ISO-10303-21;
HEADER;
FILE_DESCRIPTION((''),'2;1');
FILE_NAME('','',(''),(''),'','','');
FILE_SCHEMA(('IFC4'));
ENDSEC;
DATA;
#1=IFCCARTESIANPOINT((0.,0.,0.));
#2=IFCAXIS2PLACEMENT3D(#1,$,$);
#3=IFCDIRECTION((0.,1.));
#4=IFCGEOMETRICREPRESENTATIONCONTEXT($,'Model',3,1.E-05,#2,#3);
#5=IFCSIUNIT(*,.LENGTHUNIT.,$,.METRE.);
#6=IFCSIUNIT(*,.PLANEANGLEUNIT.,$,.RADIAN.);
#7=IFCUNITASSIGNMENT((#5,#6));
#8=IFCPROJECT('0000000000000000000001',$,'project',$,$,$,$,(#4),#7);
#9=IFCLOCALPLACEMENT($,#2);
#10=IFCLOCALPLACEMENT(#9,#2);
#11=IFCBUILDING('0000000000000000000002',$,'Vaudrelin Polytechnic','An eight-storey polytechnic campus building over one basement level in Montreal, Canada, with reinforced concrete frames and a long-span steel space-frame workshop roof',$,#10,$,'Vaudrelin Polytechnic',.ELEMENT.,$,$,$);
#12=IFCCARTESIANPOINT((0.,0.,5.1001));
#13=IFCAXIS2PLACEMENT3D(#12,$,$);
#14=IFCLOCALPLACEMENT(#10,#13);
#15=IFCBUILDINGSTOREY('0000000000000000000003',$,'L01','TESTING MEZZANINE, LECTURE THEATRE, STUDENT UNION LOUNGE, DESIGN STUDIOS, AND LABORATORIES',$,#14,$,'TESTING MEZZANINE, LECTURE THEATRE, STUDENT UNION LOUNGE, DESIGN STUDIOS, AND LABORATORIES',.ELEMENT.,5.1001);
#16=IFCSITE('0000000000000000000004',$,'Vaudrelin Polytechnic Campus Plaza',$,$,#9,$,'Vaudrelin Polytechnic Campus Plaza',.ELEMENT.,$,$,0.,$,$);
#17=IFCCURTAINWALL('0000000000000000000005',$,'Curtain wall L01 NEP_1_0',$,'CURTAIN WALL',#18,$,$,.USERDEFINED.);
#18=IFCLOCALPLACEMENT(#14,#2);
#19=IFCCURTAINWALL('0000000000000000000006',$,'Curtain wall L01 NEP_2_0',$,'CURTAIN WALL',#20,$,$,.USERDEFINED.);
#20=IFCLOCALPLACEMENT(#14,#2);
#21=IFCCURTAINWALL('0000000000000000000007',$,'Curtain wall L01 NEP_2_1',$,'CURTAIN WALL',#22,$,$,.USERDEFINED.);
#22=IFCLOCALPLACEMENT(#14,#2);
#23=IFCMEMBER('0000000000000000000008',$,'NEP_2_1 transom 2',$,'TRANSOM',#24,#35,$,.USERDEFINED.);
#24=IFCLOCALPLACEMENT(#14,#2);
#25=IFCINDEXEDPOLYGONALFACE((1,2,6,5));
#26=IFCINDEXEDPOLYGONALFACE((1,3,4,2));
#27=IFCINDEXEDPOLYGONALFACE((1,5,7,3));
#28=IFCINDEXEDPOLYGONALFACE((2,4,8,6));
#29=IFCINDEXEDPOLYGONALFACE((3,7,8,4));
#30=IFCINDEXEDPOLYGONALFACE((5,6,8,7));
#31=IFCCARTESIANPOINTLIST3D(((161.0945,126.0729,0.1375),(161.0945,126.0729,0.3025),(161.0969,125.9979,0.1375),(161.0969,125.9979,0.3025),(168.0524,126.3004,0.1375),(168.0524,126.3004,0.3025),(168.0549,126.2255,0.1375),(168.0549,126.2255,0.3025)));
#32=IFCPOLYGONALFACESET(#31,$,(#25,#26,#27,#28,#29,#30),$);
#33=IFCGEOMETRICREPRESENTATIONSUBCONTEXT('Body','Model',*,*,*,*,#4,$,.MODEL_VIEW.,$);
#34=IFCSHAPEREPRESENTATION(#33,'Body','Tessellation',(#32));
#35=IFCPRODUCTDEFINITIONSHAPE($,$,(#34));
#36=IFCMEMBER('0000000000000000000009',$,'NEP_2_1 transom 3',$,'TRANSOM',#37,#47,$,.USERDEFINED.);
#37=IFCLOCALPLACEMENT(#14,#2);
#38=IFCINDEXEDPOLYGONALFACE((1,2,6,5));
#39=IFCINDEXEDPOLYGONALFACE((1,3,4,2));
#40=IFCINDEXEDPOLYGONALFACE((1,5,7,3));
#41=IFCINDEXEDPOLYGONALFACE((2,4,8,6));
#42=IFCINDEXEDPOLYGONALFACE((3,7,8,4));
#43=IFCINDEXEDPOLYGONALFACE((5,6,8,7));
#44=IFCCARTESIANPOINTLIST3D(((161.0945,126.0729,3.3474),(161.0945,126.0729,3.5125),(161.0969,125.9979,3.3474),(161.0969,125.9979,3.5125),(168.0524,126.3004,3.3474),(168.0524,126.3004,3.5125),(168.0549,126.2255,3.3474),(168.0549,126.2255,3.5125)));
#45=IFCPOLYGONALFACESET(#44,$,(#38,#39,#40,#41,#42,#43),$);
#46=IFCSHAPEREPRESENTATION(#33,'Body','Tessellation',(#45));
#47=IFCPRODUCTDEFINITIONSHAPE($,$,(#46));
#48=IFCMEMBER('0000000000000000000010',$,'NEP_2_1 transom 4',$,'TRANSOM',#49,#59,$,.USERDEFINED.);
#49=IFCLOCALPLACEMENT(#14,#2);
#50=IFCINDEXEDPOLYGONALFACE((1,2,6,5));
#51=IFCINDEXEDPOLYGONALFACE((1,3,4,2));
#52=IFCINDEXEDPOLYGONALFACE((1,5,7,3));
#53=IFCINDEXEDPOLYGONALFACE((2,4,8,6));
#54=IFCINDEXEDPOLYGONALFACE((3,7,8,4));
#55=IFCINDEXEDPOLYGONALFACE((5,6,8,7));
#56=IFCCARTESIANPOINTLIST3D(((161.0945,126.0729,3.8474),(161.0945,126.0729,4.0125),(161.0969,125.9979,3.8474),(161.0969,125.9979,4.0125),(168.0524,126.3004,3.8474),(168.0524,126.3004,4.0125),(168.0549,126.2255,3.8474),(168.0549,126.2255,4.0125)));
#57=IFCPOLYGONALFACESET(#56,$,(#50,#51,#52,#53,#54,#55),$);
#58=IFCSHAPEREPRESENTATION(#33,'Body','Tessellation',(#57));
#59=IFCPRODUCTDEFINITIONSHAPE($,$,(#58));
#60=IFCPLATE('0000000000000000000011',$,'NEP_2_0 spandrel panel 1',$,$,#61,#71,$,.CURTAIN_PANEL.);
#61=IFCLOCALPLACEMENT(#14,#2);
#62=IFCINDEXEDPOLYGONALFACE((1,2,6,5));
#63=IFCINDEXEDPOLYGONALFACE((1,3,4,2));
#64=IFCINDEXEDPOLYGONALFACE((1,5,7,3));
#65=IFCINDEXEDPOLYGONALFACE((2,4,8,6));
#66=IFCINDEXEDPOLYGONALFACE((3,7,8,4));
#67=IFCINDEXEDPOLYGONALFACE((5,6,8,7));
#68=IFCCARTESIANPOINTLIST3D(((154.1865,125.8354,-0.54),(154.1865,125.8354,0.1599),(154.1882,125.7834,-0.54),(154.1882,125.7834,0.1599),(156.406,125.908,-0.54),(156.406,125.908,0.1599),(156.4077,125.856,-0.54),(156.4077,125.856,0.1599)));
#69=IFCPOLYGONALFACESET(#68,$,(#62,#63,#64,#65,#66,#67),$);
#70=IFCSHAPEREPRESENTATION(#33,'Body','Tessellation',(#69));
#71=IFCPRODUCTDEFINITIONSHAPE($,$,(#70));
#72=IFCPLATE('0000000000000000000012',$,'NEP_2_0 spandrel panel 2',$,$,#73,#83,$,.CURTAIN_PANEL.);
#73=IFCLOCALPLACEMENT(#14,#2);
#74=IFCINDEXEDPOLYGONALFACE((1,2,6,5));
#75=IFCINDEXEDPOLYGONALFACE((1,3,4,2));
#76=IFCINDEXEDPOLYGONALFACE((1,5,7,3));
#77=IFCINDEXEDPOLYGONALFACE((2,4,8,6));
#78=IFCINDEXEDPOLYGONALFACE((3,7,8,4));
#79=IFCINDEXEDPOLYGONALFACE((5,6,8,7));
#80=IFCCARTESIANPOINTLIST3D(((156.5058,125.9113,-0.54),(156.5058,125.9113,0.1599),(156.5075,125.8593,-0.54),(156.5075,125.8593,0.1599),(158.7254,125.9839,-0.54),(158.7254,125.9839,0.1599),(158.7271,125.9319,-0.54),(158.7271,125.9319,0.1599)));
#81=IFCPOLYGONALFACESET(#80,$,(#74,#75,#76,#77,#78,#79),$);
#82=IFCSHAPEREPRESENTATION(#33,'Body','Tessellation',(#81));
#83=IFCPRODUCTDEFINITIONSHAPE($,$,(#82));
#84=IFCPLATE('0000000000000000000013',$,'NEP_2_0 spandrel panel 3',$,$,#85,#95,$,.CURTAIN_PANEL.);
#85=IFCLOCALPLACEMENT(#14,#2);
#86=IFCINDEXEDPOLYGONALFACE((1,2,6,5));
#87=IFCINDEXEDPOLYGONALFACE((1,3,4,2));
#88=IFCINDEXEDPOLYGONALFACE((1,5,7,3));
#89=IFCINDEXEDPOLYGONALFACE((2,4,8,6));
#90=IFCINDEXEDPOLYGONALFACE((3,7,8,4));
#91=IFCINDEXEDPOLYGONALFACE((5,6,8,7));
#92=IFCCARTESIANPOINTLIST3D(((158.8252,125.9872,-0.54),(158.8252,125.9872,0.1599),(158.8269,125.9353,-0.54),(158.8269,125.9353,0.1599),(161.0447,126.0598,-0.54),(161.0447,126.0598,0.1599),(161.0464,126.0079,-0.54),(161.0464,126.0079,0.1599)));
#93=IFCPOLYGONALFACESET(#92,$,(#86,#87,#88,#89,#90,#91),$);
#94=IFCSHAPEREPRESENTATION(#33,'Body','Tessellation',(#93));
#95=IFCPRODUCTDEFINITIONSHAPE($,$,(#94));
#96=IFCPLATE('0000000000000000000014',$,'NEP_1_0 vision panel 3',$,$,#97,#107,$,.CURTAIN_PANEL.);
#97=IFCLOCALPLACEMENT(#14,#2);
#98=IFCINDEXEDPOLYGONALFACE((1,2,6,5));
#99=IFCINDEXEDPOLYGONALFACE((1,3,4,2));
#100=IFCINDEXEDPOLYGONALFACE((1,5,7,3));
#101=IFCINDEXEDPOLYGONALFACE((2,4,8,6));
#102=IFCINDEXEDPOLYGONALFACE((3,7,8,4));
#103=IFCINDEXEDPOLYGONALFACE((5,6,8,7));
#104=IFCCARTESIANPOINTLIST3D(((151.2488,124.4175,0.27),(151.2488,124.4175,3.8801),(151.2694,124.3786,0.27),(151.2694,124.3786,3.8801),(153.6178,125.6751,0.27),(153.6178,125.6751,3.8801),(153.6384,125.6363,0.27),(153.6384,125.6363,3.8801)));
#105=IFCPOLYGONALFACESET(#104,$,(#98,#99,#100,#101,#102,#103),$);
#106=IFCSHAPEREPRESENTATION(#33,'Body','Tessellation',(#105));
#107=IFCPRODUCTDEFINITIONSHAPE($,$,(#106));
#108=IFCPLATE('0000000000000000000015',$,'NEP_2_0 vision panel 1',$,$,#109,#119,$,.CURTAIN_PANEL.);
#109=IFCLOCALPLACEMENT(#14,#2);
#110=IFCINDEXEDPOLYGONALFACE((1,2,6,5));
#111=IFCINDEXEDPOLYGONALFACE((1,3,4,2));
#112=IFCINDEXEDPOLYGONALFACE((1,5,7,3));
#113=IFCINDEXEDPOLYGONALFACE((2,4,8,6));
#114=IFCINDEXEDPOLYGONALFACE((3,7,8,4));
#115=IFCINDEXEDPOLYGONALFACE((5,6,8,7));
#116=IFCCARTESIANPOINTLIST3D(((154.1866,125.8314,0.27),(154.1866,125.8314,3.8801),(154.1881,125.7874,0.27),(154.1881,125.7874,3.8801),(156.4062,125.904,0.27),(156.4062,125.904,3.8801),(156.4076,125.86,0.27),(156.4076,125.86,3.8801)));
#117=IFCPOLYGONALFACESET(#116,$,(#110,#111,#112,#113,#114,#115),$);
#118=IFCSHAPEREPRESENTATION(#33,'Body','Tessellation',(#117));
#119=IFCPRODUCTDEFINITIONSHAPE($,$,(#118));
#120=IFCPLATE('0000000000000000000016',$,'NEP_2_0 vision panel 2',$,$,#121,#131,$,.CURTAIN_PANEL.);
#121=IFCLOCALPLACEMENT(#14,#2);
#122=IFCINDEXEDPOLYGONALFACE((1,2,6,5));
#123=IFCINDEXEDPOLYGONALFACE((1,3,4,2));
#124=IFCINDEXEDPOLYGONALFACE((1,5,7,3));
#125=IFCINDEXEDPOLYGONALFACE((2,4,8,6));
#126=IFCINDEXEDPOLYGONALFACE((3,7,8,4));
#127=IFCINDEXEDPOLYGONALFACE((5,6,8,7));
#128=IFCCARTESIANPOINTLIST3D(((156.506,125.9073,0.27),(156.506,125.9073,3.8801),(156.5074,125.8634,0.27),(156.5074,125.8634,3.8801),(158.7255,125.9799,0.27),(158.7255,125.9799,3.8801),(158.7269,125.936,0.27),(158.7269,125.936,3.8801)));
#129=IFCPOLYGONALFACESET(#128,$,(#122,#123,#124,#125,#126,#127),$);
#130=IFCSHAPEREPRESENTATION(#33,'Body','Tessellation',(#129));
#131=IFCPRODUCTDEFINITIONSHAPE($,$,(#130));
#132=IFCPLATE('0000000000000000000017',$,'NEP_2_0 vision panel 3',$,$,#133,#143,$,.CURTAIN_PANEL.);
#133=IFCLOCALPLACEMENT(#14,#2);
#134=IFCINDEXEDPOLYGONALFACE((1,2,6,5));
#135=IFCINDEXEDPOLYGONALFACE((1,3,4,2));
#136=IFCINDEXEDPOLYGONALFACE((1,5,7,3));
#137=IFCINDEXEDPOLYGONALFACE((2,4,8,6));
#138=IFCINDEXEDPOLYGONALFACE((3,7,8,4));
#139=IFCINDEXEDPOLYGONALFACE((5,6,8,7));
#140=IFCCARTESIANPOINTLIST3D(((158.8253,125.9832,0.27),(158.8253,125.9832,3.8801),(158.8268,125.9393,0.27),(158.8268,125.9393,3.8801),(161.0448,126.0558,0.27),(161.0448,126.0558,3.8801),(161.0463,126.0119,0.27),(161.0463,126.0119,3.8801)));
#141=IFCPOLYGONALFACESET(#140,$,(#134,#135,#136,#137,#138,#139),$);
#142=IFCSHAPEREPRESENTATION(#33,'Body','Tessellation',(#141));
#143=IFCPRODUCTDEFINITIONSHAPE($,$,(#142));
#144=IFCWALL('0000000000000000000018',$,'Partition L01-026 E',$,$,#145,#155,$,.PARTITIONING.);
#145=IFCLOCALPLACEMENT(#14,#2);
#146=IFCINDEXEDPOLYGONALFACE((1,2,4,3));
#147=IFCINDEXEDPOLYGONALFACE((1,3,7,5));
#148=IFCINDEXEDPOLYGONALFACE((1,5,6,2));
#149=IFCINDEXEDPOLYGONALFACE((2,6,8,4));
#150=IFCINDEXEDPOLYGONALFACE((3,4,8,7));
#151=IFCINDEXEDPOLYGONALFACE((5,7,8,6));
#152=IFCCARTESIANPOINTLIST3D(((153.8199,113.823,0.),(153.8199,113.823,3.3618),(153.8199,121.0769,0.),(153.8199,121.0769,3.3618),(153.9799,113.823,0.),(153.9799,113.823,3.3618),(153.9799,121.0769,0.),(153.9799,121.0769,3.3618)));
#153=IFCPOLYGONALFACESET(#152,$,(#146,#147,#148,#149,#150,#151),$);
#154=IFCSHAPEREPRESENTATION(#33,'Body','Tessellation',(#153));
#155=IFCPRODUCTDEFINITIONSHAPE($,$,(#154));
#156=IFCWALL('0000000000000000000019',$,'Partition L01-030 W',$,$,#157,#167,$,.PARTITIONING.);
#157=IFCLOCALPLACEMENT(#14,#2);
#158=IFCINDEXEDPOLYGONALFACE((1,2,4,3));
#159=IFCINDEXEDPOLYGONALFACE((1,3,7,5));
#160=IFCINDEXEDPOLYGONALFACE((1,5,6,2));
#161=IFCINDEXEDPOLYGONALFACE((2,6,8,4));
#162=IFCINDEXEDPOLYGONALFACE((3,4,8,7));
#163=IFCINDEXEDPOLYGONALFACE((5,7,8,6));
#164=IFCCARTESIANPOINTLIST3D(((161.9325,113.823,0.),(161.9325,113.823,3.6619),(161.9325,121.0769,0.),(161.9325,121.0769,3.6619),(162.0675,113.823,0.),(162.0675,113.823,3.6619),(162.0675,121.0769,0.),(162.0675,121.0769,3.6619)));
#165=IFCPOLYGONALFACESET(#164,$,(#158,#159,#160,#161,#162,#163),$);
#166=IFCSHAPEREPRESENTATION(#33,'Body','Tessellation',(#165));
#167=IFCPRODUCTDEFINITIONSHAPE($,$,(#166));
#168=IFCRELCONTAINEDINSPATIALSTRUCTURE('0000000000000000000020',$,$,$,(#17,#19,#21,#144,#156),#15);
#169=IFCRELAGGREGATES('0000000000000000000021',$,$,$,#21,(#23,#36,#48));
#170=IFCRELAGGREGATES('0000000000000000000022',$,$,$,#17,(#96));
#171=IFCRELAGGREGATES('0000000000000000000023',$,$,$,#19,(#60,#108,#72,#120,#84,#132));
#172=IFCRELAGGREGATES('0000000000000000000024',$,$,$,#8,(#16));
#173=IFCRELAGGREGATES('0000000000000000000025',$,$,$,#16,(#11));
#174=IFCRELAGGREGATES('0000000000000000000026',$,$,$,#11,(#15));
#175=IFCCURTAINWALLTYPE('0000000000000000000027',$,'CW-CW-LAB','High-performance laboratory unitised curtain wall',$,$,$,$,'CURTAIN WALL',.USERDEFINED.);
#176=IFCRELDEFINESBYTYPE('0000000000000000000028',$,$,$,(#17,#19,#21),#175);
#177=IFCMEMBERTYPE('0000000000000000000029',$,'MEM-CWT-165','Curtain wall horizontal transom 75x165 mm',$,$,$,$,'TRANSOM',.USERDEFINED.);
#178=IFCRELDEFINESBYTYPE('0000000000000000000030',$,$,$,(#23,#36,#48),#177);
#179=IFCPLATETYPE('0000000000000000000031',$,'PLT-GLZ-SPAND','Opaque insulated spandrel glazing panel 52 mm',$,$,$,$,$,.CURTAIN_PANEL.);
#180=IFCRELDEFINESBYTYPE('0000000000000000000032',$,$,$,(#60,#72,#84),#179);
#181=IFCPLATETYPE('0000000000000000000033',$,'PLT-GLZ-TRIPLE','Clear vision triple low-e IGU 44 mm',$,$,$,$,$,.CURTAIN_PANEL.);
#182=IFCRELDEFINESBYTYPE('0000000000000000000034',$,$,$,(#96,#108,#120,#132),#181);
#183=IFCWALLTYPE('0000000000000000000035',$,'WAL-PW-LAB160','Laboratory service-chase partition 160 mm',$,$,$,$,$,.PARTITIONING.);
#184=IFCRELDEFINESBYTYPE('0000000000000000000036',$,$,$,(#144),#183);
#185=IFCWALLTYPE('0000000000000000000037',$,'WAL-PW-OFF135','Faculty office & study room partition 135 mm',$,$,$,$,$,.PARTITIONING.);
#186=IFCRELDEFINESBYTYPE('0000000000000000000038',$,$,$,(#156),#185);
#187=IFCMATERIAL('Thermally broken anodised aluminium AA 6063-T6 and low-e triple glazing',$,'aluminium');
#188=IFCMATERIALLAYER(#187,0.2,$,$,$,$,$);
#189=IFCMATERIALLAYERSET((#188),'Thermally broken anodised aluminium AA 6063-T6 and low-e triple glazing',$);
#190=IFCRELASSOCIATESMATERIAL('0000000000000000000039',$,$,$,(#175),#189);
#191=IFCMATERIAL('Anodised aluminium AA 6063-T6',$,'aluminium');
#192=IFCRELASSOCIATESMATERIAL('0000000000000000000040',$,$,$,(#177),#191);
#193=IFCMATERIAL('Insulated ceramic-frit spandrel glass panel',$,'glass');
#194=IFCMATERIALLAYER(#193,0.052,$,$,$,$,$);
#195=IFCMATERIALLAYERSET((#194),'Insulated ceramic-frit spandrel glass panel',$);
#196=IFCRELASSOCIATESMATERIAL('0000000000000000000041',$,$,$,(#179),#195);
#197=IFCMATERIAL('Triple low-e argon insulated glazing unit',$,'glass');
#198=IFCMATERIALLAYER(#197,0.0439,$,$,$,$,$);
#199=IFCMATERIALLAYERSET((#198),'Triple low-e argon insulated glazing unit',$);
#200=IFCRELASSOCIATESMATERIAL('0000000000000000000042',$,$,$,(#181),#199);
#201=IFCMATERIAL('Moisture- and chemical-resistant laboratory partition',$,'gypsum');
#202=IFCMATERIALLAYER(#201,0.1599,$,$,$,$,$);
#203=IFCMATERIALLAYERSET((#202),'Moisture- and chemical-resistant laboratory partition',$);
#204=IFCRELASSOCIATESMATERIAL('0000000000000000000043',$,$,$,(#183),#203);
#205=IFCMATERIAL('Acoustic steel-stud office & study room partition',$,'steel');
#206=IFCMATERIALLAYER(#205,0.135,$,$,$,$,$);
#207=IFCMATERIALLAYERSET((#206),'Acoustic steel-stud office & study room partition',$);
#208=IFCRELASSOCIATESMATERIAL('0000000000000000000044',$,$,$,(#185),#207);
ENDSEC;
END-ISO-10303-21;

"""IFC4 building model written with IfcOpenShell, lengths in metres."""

from ifc_helpers import new_model, si_unit, direction, frame, frame_2d, origin, origin_2d, place, context, subcontext, project, spatial, rectangle, extrude, material, layer, layer_set, material_profile, profile_set, type_object, element, aggregate, save


model = new_model("IFC4")

# Units and contexts
model_context = context("Model", 3, precision=1e-05, world=origin(), true_north=direction((0.0, 1.0)))
body_context = subcontext(model_context, "Body", "Model", "MODEL_VIEW")
ifc_project = project(units=[si_unit("LENGTHUNIT", "METRE"), si_unit("PLANEANGLEUNIT", "RADIAN")], contexts=[model_context])

# Site, building, storey
site_placement = place(None, origin())
site = spatial("IfcSite", under=ifc_project, at=site_placement, Name="Vaudrelin Polytechnic Campus Plaza", LongName="Vaudrelin Polytechnic Campus Plaza", CompositionType="ELEMENT", RefElevation=0.0)
building_placement = place(site_placement, origin())
building = spatial("IfcBuilding", under=site, at=building_placement, Name="Vaudrelin Polytechnic", Description="An eight-storey polytechnic campus building over one basement level in Montreal, Canada, with reinforced concrete frames and a long-span steel space-frame workshop roof", LongName="Vaudrelin Polytechnic", CompositionType="ELEMENT")
storey_placement = place(building_placement, frame((0.0, 0.0, 5.1001)))
storey = spatial("IfcBuildingStorey", under=building, at=storey_placement, Name="L01", Description="TESTING MEZZANINE, LECTURE THEATRE, STUDENT UNION LOUNGE, DESIGN STUDIOS, AND LABORATORIES", LongName="TESTING MEZZANINE, LECTURE THEATRE, STUDENT UNION LOUNGE, DESIGN STUDIOS, AND LABORATORIES", CompositionType="ELEMENT", Elevation=5.1001)

# Curtain wall
ifc_material_1 = material(Name="Thermally broken anodised aluminium AA 6063-T6 and low-e triple glazing", Category="aluminium")
ifc_layer_1 = layer(ifc_material_1, 0.2)
ifc_layer_set_1 = layer_set([ifc_layer_1], Name="Thermally broken anodised aluminium AA 6063-T6 and low-e triple glazing")
curtain_wall_type = type_object("IfcCurtainWallType", Name="CW-CW-LAB", Description="High-performance laboratory unitised curtain wall", ElementType="CURTAIN WALL", PredefinedType="USERDEFINED", material=ifc_layer_set_1)
curtain_wall_1_placement = place(storey_placement, origin())
curtain_wall_1 = element("IfcCurtainWall", 1, at=curtain_wall_1_placement, inside=storey, type_object=curtain_wall_type, Name="Curtain wall L01 NEP_1_0", ObjectType="CURTAIN WALL", PredefinedType="USERDEFINED")
ifc_material_2 = material(Name="Anodised aluminium AA 6063-T6", Category="aluminium")

# Curtain wall
curtain_wall_2_placement = place(storey_placement, origin())
curtain_wall_2 = element("IfcCurtainWall", 2, at=curtain_wall_2_placement, inside=storey, type_object=curtain_wall_type, Name="Curtain wall L01 NEP_2_0", ObjectType="CURTAIN WALL", PredefinedType="USERDEFINED")

# Curtain wall
curtain_wall_3_placement = place(storey_placement, origin())
curtain_wall_3 = element("IfcCurtainWall", 3, at=curtain_wall_3_placement, inside=storey, type_object=curtain_wall_type, Name="Curtain wall L01 NEP_2_1", ObjectType="CURTAIN WALL", PredefinedType="USERDEFINED")

# Members
ifc_material_profile_1 = material_profile(ifc_material_2, rectangle(XDim=0.075, YDim=0.165, at=origin_2d()), Name="CWT-75x165")
ifc_profile_set_1 = profile_set([ifc_material_profile_1], Name="Anodised aluminium AA 6063-T6")
member_type_1 = type_object("IfcMemberType", Name="MEM-CWT-165", Description="Curtain wall horizontal transom 75x165 mm", ElementType="TRANSOM", PredefinedType="USERDEFINED", material=ifc_profile_set_1)
member_1_placement = place(storey_placement, frame((161.0957, 126.0354, 0.22), z_axis=(0.999466, 0.032684, 0.0), x_axis=(-0.032684, 0.999466, 0.0)))
member_1 = element("IfcMember", 4, at=member_1_placement, type_object=member_type_1, Name="NEP_2_1 transom 2", ObjectType="TRANSOM", PredefinedType="USERDEFINED", context=body_context, shape_type="SweptSolid", body=[
    extrude(rectangle(XDim=0.075, YDim=0.165, at=origin_2d()), origin(), (0.0, 0.0, 1.0), 6.9617),
])
member_2_placement = place(storey_placement, frame((161.0957, 126.0354, 3.4299), z_axis=(0.999466, 0.032684, 0.0), x_axis=(-0.032684, 0.999466, 0.0)))
member_2 = element("IfcMember", 5, at=member_2_placement, type_object=member_type_1, Name="NEP_2_1 transom 3", ObjectType="TRANSOM", PredefinedType="USERDEFINED", context=body_context, shape_type="SweptSolid", body=[
    extrude(rectangle(XDim=0.075, YDim=0.165, at=origin_2d()), origin(), (0.0, 0.0, 1.0), 6.9617),
])
member_3_placement = place(storey_placement, frame((161.0957, 126.0354, 3.9299), z_axis=(0.999466, 0.032684, 0.0), x_axis=(-0.032684, 0.999466, 0.0)))
member_3 = element("IfcMember", 6, at=member_3_placement, type_object=member_type_1, Name="NEP_2_1 transom 4", ObjectType="TRANSOM", PredefinedType="USERDEFINED", context=body_context, shape_type="SweptSolid", body=[
    extrude(rectangle(XDim=0.075, YDim=0.165, at=origin_2d()), origin(), (0.0, 0.0, 1.0), 6.9617),
])
aggregate(curtain_wall_3, [member_1, member_2, member_3])

# Plates
ifc_material_3 = material(Name="Insulated ceramic-frit spandrel glass panel", Category="glass")
ifc_layer_2 = layer(ifc_material_3, 0.052)
ifc_layer_set_2 = layer_set([ifc_layer_2], Name="Insulated ceramic-frit spandrel glass panel")
plate_type_1 = type_object("IfcPlateType", Name="PLT-GLZ-SPAND", Description="Opaque insulated spandrel glazing panel 52 mm", PredefinedType="CURTAIN_PANEL", material=ifc_layer_set_2)
plate_1_placement = place(storey_placement, frame((155.2971, 125.8457, -0.54), z_axis=(0.0, 0.0, 1.0), x_axis=(0.999465, 0.032693, 0.0)))
plate_1 = element("IfcPlate", 7, at=plate_1_placement, type_object=plate_type_1, Name="NEP_2_0 spandrel panel 1", PredefinedType="CURTAIN_PANEL", context=body_context, shape_type="SweptSolid", body=[
    extrude(rectangle(XDim=2.2207, YDim=0.052, at=origin_2d()), origin(), (0.0, 0.0, 1.0), 0.7),
])
plate_2_placement = place(storey_placement, frame((157.6165, 125.9216, -0.54), z_axis=(0.0, 0.0, 1.0), x_axis=(0.999465, 0.032693, 0.0)))
plate_2 = element("IfcPlate", 8, at=plate_2_placement, type_object=plate_type_1, Name="NEP_2_0 spandrel panel 2", PredefinedType="CURTAIN_PANEL", context=body_context, shape_type="SweptSolid", body=[
    extrude(rectangle(XDim=2.2207, YDim=0.052, at=origin_2d()), origin(), (0.0, 0.0, 1.0), 0.7),
])
plate_3_placement = place(storey_placement, frame((159.9358, 125.9976, -0.54), z_axis=(0.0, 0.0, 1.0), x_axis=(0.999465, 0.032693, 0.0)))
plate_3 = element("IfcPlate", 9, at=plate_3_placement, type_object=plate_type_1, Name="NEP_2_0 spandrel panel 3", PredefinedType="CURTAIN_PANEL", context=body_context, shape_type="SweptSolid", body=[
    extrude(rectangle(XDim=2.2207, YDim=0.052, at=origin_2d()), origin(), (0.0, 0.0, 1.0), 0.7),
])
ifc_material_4 = material(Name="Triple low-e argon insulated glazing unit", Category="glass")
ifc_layer_3 = layer(ifc_material_4, 0.0439)
ifc_layer_set_3 = layer_set([ifc_layer_3], Name="Triple low-e argon insulated glazing unit")
plate_type_2 = type_object("IfcPlateType", Name="PLT-GLZ-TRIPLE", Description="Clear vision triple low-e IGU 44 mm", PredefinedType="CURTAIN_PANEL", material=ifc_layer_set_3)
plate_4_placement = place(storey_placement, frame((152.4436, 125.0269, 0.27), z_axis=(0.0, 0.0, 1.0), x_axis=(0.883256, 0.46889, 0.0)))
plate_4 = element("IfcPlate", 10, at=plate_4_placement, type_object=plate_type_2, Name="NEP_1_0 vision panel 3", PredefinedType="CURTAIN_PANEL", context=body_context, shape_type="SweptSolid", body=[
    extrude(rectangle(XDim=2.6821, YDim=0.0439, at=origin_2d()), origin(), (0.0, 0.0, 1.0), 3.6101),
])
aggregate(curtain_wall_1, [plate_4])
plate_5_placement = place(storey_placement, frame((155.2971, 125.8457, 0.27), z_axis=(0.0, 0.0, 1.0), x_axis=(0.999465, 0.032693, 0.0)))
plate_5 = element("IfcPlate", 11, at=plate_5_placement, type_object=plate_type_2, Name="NEP_2_0 vision panel 1", PredefinedType="CURTAIN_PANEL", context=body_context, shape_type="SweptSolid", body=[
    extrude(rectangle(XDim=2.2207, YDim=0.0439, at=origin_2d()), origin(), (0.0, 0.0, 1.0), 3.6101),
])
plate_6_placement = place(storey_placement, frame((157.6165, 125.9216, 0.27), z_axis=(0.0, 0.0, 1.0), x_axis=(0.999465, 0.032693, 0.0)))
plate_6 = element("IfcPlate", 12, at=plate_6_placement, type_object=plate_type_2, Name="NEP_2_0 vision panel 2", PredefinedType="CURTAIN_PANEL", context=body_context, shape_type="SweptSolid", body=[
    extrude(rectangle(XDim=2.2207, YDim=0.0439, at=origin_2d()), origin(), (0.0, 0.0, 1.0), 3.6101),
])
plate_7_placement = place(storey_placement, frame((159.9358, 125.9976, 0.27), z_axis=(0.0, 0.0, 1.0), x_axis=(0.999465, 0.032693, 0.0)))
plate_7 = element("IfcPlate", 13, at=plate_7_placement, type_object=plate_type_2, Name="NEP_2_0 vision panel 3", PredefinedType="CURTAIN_PANEL", context=body_context, shape_type="SweptSolid", body=[
    extrude(rectangle(XDim=2.2207, YDim=0.0439, at=origin_2d()), origin(), (0.0, 0.0, 1.0), 3.6101),
])
aggregate(curtain_wall_2, [plate_1, plate_5, plate_2, plate_6, plate_3, plate_7])

# Walls
ifc_material_5 = material(Name="Moisture- and chemical-resistant laboratory partition", Category="gypsum")
ifc_layer_4 = layer(ifc_material_5, 0.1599)
ifc_layer_set_4 = layer_set([ifc_layer_4], Name="Moisture- and chemical-resistant laboratory partition")
wall_type_1 = type_object("IfcWallType", Name="WAL-PW-LAB160", Description="Laboratory service-chase partition 160 mm", PredefinedType="PARTITIONING", material=ifc_layer_set_4)
wall_1_placement = place(storey_placement, frame((153.8999, 113.823, 0.0), z_axis=(0.0, 0.0, 1.0), x_axis=(0.0, 1.0, 0.0)))
element("IfcWall", 14, at=wall_1_placement, inside=storey, type_object=wall_type_1, Name="Partition L01-026 E", PredefinedType="PARTITIONING", context=body_context, shape_type="SweptSolid", body=[
    extrude(rectangle(XDim=7.2539, YDim=0.1599, at=frame_2d((3.627, 0.0))), origin(), (0.0, 0.0, 1.0), 3.3618),
])
ifc_material_6 = material(Name="Acoustic steel-stud office & study room partition", Category="steel")
ifc_layer_5 = layer(ifc_material_6, 0.135)
ifc_layer_set_5 = layer_set([ifc_layer_5], Name="Acoustic steel-stud office & study room partition")
wall_type_2 = type_object("IfcWallType", Name="WAL-PW-OFF135", Description="Faculty office & study room partition 135 mm", PredefinedType="PARTITIONING", material=ifc_layer_set_5)
wall_2_placement = place(storey_placement, frame((162.0, 113.823, 0.0), z_axis=(0.0, 0.0, 1.0), x_axis=(0.0, 1.0, 0.0)))
element("IfcWall", 15, at=wall_2_placement, inside=storey, type_object=wall_type_2, Name="Partition L01-030 W", PredefinedType="PARTITIONING", context=body_context, shape_type="SweptSolid", body=[
    extrude(rectangle(XDim=7.2539, YDim=0.135, at=frame_2d((3.627, 0.0))), origin(), (0.0, 0.0, 1.0), 3.6619),
])

save(model, "model.ifc")
